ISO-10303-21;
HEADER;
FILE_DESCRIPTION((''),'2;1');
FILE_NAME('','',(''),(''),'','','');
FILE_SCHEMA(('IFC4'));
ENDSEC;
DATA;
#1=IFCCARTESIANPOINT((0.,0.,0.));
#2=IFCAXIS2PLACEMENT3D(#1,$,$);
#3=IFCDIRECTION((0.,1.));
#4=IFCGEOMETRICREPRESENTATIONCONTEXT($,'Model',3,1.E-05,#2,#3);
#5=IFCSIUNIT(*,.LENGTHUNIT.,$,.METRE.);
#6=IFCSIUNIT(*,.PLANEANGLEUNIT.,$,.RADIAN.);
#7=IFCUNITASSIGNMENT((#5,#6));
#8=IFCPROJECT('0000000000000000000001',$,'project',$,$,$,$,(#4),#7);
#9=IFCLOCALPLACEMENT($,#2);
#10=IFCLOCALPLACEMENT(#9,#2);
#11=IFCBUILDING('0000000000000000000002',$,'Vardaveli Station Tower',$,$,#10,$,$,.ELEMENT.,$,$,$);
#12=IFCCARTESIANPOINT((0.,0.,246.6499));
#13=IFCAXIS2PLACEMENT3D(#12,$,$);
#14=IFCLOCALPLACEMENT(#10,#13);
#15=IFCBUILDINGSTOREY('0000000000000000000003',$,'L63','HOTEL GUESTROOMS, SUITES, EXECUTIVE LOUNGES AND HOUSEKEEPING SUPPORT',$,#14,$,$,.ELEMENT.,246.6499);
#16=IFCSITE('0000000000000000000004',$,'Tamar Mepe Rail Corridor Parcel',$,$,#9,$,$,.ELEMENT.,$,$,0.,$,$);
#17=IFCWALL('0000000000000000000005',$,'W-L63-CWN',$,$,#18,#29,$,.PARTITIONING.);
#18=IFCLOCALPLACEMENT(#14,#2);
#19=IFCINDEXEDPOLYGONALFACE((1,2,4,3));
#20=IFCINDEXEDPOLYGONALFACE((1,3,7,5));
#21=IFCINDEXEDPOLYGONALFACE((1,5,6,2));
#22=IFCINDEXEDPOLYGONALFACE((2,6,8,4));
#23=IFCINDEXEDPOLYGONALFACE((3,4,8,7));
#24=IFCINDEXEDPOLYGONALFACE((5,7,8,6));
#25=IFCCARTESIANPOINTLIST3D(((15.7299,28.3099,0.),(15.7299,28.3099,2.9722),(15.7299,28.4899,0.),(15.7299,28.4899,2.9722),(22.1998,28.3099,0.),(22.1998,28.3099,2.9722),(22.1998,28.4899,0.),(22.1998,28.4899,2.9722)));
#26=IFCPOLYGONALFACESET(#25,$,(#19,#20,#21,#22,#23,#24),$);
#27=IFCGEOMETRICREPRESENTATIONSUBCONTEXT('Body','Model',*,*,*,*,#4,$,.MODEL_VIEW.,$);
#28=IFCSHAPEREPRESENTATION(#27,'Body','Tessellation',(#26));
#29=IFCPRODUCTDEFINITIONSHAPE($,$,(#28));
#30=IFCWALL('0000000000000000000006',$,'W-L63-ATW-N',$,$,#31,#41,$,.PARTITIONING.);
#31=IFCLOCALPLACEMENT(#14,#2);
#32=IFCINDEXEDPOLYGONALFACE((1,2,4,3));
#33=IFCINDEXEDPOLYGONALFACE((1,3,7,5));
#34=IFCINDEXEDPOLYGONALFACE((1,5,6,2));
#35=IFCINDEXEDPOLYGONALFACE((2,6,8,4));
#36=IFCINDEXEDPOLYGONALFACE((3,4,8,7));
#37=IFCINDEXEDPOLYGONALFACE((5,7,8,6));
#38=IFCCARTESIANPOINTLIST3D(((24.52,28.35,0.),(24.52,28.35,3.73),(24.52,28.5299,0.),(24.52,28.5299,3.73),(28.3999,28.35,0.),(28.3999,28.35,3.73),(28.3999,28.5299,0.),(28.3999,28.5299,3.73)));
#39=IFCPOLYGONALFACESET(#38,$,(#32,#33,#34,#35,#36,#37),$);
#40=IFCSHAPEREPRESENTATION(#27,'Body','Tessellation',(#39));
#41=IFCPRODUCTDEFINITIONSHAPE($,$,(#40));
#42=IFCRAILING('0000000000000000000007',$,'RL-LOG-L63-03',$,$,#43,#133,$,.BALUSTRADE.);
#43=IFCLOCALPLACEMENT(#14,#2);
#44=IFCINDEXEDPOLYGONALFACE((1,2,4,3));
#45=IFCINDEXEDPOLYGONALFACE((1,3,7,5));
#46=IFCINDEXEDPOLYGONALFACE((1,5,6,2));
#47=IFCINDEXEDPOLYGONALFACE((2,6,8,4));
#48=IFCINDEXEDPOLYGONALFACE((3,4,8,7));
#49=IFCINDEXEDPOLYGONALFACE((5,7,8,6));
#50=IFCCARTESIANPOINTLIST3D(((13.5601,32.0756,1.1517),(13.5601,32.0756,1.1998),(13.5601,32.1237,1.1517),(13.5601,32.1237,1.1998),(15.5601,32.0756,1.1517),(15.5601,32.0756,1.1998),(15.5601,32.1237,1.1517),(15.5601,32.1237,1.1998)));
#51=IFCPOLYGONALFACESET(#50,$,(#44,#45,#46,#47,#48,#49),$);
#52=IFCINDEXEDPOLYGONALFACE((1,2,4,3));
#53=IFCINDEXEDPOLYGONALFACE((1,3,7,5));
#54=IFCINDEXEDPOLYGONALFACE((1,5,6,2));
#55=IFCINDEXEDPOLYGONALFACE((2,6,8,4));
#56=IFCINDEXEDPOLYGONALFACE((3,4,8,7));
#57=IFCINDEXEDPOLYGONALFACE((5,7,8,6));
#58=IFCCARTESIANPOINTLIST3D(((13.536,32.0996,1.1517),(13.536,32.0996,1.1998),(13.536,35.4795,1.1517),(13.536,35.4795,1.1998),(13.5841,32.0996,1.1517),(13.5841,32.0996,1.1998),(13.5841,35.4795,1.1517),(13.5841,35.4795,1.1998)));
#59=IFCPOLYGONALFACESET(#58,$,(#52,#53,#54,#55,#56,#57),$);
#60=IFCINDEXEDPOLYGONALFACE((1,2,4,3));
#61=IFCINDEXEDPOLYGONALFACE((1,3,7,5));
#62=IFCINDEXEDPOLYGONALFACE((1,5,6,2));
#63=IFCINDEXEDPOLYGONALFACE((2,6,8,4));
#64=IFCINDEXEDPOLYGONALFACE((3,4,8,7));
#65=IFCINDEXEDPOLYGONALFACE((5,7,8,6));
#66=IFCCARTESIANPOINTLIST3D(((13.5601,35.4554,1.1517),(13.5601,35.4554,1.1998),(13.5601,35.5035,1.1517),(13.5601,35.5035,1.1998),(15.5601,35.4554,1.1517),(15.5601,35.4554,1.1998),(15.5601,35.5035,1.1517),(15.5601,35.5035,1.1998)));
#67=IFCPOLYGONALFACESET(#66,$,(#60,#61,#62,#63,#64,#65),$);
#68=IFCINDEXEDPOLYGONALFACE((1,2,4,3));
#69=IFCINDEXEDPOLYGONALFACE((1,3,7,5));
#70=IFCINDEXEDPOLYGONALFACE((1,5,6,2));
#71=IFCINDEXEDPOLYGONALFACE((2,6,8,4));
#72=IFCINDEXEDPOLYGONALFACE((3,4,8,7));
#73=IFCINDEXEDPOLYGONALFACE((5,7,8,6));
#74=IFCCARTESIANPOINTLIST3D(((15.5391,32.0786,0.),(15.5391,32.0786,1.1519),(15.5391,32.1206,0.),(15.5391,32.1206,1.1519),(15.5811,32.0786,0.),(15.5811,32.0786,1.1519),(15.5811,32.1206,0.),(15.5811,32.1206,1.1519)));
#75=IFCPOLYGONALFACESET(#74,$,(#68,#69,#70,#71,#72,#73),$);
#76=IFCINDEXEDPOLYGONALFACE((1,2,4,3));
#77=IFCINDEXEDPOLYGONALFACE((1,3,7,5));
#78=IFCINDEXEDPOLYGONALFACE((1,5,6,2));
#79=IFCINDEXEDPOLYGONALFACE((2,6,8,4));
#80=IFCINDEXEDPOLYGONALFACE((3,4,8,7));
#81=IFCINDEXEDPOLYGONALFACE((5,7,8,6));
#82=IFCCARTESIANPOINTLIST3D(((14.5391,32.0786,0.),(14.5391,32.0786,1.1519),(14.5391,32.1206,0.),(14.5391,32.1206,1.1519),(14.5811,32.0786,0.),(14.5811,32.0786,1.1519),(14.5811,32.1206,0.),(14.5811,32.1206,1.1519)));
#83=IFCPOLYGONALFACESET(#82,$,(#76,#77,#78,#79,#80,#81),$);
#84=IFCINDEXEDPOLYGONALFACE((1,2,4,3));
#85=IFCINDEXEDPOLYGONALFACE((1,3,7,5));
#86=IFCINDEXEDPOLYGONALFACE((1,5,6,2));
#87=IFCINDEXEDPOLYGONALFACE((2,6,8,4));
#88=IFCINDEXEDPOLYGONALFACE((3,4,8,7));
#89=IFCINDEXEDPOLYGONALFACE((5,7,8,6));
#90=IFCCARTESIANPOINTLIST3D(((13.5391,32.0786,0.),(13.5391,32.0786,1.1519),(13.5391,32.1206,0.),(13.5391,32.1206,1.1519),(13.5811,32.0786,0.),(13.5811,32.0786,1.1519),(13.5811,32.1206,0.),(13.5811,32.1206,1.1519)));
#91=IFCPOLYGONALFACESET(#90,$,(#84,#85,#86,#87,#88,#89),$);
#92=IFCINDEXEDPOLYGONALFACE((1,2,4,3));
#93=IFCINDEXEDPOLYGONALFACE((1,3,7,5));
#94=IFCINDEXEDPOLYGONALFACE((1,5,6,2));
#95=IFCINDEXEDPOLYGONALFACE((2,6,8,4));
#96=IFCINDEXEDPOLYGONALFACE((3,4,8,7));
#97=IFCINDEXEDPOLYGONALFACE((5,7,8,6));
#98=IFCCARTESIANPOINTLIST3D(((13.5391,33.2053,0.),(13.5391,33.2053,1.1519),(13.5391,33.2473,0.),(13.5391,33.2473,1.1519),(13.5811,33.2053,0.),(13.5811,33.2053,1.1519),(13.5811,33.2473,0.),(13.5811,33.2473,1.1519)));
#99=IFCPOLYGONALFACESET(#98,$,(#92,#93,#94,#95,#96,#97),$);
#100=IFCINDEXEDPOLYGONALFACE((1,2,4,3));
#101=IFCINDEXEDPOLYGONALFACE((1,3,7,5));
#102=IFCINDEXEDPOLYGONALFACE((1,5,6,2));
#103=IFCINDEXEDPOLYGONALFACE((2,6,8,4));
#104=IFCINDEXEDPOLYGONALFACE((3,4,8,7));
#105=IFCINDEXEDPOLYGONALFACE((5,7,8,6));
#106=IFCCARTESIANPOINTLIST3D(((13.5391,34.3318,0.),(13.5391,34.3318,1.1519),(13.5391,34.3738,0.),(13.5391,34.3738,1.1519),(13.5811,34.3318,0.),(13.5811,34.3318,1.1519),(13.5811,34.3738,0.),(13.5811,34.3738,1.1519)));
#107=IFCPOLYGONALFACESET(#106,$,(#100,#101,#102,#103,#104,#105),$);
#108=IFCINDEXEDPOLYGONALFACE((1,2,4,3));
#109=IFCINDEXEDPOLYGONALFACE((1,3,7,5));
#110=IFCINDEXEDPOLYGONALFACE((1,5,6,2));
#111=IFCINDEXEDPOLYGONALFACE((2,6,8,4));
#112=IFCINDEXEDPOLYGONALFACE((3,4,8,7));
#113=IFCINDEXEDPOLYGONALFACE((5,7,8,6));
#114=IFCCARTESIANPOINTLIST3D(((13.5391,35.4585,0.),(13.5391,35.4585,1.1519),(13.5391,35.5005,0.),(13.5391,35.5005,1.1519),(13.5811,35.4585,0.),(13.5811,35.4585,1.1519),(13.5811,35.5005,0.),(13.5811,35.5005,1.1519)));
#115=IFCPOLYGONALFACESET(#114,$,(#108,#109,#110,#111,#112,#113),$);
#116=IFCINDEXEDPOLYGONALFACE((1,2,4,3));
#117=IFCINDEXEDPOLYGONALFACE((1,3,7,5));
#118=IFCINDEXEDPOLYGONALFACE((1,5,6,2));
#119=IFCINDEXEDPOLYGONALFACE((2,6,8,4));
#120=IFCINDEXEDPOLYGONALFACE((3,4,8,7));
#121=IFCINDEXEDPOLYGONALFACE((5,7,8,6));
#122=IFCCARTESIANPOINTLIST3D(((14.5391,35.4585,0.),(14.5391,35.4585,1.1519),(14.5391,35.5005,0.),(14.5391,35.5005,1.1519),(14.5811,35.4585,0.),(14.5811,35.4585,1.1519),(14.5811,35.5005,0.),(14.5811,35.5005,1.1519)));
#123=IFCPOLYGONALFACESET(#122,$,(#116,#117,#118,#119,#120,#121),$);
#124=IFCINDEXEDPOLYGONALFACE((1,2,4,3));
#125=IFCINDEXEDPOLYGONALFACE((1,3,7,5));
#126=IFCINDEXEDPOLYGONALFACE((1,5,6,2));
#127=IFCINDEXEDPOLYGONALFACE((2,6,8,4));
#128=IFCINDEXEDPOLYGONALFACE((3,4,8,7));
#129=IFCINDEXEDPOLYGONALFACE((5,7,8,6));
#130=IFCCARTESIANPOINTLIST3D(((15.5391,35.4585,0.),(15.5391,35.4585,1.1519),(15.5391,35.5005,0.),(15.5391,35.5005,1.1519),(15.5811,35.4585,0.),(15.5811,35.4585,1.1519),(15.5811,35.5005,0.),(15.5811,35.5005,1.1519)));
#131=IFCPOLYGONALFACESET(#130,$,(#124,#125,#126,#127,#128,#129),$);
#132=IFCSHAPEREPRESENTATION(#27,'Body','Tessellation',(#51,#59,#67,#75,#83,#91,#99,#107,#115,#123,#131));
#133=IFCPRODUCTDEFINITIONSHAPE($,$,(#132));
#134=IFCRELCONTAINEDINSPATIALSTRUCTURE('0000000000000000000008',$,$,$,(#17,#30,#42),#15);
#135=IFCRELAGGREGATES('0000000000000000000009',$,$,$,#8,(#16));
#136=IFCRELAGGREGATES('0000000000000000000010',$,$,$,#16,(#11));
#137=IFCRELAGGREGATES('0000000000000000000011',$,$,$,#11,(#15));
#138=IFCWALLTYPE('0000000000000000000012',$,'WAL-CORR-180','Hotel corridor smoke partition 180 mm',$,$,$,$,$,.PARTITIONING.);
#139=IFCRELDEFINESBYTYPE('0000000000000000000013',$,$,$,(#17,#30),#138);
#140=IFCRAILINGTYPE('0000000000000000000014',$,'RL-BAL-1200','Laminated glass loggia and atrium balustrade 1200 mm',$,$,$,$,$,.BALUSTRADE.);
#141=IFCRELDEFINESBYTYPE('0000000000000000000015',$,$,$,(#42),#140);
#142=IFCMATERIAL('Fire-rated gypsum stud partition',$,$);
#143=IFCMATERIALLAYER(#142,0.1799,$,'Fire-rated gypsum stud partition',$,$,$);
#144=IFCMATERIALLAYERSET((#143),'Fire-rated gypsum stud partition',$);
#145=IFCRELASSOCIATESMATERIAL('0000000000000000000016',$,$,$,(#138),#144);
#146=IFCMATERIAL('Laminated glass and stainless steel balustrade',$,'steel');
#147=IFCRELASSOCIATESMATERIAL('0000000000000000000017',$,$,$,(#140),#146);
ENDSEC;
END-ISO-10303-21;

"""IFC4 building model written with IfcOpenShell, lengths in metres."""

from ifc_helpers import new_model, si_unit, direction, frame, frame_2d, origin, origin_2d, place, context, subcontext, project, spatial, rectangle, extrude, source, transform, mapped, material, layer, layer_set, type_object, element, save


model = new_model("IFC4")

# Units and contexts
model_context = context("Model", 3, precision=1e-05, world=origin(), true_north=direction((0.0, 1.0)))
body_context = subcontext(model_context, "Body", "Model", "MODEL_VIEW")
ifc_project = project(units=[si_unit("LENGTHUNIT", "METRE"), si_unit("PLANEANGLEUNIT", "RADIAN")], contexts=[model_context])

# Site, building, storey
site_placement = place(None, origin())
site = spatial("IfcSite", under=ifc_project, at=site_placement, Name="Tamar Mepe Rail Corridor Parcel", CompositionType="ELEMENT", RefElevation=0.0)
building_placement = place(site_placement, origin())
building = spatial("IfcBuilding", under=site, at=building_placement, Name="Vardaveli Station Tower", CompositionType="ELEMENT")
storey_placement = place(building_placement, frame((0.0, 0.0, 246.6499)))
storey = spatial("IfcBuildingStorey", under=building, at=storey_placement, Name="L63", Description="HOTEL GUESTROOMS, SUITES, EXECUTIVE LOUNGES AND HOUSEKEEPING SUPPORT", CompositionType="ELEMENT", Elevation=246.6499)

# Shared definitions
ifc_material_1 = material(Name="Fire-rated gypsum stud partition")
ifc_layer_1 = layer(ifc_material_1, 0.1799, Name="Fire-rated gypsum stud partition")
ifc_layer_set_1 = layer_set([ifc_layer_1], Name="Fire-rated gypsum stud partition")
wall_type = type_object("IfcWallType", Name="WAL-CORR-180", Description="Hotel corridor smoke partition 180 mm", PredefinedType="PARTITIONING", material=ifc_layer_set_1)

# Walls
shared_shape_1 = source(origin(), body_context, "Body", "SweptSolid", [
    extrude(rectangle(XDim=6.47, YDim=0.1799, at=frame_2d((3.2349, 0.0))), origin(), (0.0, 0.0, 1.0), 2.9722),
])
wall_1_placement = place(storey_placement, frame((15.73, 28.3999, 0.0), z_axis=(0.0, 0.0, 1.0), x_axis=(1.0, 0.0, 0.0)))
element("IfcWall", 1, at=wall_1_placement, inside=storey, type_object=wall_type, Name="W-L63-CWN", PredefinedType="PARTITIONING", context=body_context, shape_type="MappedRepresentation", body=[
    mapped(shared_shape_1, transform((0.0, 0.0, 0.0), scale=1.0)),
])
shared_shape_2 = source(origin(), body_context, "Body", "SweptSolid", [
    extrude(rectangle(XDim=3.8799, YDim=0.1799, at=frame_2d((1.9399, 0.0))), origin(), (0.0, 0.0, 1.0), 3.73),
])
wall_2_placement = place(storey_placement, frame((24.52, 28.4399, 0.0), z_axis=(0.0, 0.0, 1.0), x_axis=(1.0, 0.0, 0.0)))
element("IfcWall", 2, at=wall_2_placement, inside=storey, type_object=wall_type, Name="W-L63-ATW-N", PredefinedType="PARTITIONING", context=body_context, shape_type="MappedRepresentation", body=[
    mapped(shared_shape_2, transform((0.0, 0.0, 0.0), scale=1.0)),
])

# Railing
ifc_material_2 = material(Name="Laminated glass and stainless steel balustrade", Category="steel")
railing_type = type_object("IfcRailingType", Name="RL-BAL-1200", Description="Laminated glass loggia and atrium balustrade 1200 mm", PredefinedType="BALUSTRADE", material=ifc_material_2)
shared_shape_3 = source(origin(), body_context, "Body", "SweptSolid", [
    extrude(rectangle(XDim=0.0481, YDim=0.0481, at=origin_2d()), frame((0.0, 0.0, 1.1758), z_axis=(-1.0, 0.0, 0.0), x_axis=(0.0, -1.0, 0.0)), (0.0, 0.0, 1.0), 2.0),
    extrude(rectangle(XDim=0.0481, YDim=0.0481, at=origin_2d()), frame((-2.0, 0.0, 1.1758), z_axis=(0.0, 1.0, 0.0), x_axis=(-1.0, 0.0, 0.0)), (0.0, 0.0, 1.0), 3.3799),
    extrude(rectangle(XDim=0.0481, YDim=0.0481, at=origin_2d()), frame((-2.0, 3.3799, 1.1758), z_axis=(1.0, 0.0, 0.0), x_axis=(0.0, 1.0, 0.0)), (0.0, 0.0, 1.0), 2.0),
    extrude(rectangle(XDim=0.042, YDim=0.042, at=origin_2d()), origin(), (0.0, 0.0, 1.0), 1.1519),
    extrude(rectangle(XDim=0.042, YDim=0.042, at=origin_2d()), frame((-1.0, 0.0, 0.0)), (0.0, 0.0, 1.0), 1.1519),
    extrude(rectangle(XDim=0.042, YDim=0.042, at=origin_2d()), frame((-2.0, 0.0, 0.0)), (0.0, 0.0, 1.0), 1.1519),
    extrude(rectangle(XDim=0.042, YDim=0.042, at=origin_2d()), frame((-2.0, 1.1267, 0.0)), (0.0, 0.0, 1.0), 1.1519),
    extrude(rectangle(XDim=0.042, YDim=0.042, at=origin_2d()), frame((-2.0, 2.2532, 0.0)), (0.0, 0.0, 1.0), 1.1519),
    extrude(rectangle(XDim=0.042, YDim=0.042, at=origin_2d()), frame((-2.0, 3.3799, 0.0)), (0.0, 0.0, 1.0), 1.1519),
    extrude(rectangle(XDim=0.042, YDim=0.042, at=origin_2d()), frame((-1.0, 3.3799, 0.0)), (0.0, 0.0, 1.0), 1.1519),
    extrude(rectangle(XDim=0.042, YDim=0.042, at=origin_2d()), frame((0.0, 3.3799, 0.0)), (0.0, 0.0, 1.0), 1.1519),
])
railing_placement = place(storey_placement, frame((15.5601, 32.0996, 0.0)))
element("IfcRailing", 3, at=railing_placement, inside=storey, type_object=railing_type, Name="RL-LOG-L63-03", PredefinedType="BALUSTRADE", context=body_context, shape_type="MappedRepresentation", body=[
    mapped(shared_shape_3, transform((0.0, 0.0, 0.0), scale=1.0)),
])

save(model, "model.ifc")
